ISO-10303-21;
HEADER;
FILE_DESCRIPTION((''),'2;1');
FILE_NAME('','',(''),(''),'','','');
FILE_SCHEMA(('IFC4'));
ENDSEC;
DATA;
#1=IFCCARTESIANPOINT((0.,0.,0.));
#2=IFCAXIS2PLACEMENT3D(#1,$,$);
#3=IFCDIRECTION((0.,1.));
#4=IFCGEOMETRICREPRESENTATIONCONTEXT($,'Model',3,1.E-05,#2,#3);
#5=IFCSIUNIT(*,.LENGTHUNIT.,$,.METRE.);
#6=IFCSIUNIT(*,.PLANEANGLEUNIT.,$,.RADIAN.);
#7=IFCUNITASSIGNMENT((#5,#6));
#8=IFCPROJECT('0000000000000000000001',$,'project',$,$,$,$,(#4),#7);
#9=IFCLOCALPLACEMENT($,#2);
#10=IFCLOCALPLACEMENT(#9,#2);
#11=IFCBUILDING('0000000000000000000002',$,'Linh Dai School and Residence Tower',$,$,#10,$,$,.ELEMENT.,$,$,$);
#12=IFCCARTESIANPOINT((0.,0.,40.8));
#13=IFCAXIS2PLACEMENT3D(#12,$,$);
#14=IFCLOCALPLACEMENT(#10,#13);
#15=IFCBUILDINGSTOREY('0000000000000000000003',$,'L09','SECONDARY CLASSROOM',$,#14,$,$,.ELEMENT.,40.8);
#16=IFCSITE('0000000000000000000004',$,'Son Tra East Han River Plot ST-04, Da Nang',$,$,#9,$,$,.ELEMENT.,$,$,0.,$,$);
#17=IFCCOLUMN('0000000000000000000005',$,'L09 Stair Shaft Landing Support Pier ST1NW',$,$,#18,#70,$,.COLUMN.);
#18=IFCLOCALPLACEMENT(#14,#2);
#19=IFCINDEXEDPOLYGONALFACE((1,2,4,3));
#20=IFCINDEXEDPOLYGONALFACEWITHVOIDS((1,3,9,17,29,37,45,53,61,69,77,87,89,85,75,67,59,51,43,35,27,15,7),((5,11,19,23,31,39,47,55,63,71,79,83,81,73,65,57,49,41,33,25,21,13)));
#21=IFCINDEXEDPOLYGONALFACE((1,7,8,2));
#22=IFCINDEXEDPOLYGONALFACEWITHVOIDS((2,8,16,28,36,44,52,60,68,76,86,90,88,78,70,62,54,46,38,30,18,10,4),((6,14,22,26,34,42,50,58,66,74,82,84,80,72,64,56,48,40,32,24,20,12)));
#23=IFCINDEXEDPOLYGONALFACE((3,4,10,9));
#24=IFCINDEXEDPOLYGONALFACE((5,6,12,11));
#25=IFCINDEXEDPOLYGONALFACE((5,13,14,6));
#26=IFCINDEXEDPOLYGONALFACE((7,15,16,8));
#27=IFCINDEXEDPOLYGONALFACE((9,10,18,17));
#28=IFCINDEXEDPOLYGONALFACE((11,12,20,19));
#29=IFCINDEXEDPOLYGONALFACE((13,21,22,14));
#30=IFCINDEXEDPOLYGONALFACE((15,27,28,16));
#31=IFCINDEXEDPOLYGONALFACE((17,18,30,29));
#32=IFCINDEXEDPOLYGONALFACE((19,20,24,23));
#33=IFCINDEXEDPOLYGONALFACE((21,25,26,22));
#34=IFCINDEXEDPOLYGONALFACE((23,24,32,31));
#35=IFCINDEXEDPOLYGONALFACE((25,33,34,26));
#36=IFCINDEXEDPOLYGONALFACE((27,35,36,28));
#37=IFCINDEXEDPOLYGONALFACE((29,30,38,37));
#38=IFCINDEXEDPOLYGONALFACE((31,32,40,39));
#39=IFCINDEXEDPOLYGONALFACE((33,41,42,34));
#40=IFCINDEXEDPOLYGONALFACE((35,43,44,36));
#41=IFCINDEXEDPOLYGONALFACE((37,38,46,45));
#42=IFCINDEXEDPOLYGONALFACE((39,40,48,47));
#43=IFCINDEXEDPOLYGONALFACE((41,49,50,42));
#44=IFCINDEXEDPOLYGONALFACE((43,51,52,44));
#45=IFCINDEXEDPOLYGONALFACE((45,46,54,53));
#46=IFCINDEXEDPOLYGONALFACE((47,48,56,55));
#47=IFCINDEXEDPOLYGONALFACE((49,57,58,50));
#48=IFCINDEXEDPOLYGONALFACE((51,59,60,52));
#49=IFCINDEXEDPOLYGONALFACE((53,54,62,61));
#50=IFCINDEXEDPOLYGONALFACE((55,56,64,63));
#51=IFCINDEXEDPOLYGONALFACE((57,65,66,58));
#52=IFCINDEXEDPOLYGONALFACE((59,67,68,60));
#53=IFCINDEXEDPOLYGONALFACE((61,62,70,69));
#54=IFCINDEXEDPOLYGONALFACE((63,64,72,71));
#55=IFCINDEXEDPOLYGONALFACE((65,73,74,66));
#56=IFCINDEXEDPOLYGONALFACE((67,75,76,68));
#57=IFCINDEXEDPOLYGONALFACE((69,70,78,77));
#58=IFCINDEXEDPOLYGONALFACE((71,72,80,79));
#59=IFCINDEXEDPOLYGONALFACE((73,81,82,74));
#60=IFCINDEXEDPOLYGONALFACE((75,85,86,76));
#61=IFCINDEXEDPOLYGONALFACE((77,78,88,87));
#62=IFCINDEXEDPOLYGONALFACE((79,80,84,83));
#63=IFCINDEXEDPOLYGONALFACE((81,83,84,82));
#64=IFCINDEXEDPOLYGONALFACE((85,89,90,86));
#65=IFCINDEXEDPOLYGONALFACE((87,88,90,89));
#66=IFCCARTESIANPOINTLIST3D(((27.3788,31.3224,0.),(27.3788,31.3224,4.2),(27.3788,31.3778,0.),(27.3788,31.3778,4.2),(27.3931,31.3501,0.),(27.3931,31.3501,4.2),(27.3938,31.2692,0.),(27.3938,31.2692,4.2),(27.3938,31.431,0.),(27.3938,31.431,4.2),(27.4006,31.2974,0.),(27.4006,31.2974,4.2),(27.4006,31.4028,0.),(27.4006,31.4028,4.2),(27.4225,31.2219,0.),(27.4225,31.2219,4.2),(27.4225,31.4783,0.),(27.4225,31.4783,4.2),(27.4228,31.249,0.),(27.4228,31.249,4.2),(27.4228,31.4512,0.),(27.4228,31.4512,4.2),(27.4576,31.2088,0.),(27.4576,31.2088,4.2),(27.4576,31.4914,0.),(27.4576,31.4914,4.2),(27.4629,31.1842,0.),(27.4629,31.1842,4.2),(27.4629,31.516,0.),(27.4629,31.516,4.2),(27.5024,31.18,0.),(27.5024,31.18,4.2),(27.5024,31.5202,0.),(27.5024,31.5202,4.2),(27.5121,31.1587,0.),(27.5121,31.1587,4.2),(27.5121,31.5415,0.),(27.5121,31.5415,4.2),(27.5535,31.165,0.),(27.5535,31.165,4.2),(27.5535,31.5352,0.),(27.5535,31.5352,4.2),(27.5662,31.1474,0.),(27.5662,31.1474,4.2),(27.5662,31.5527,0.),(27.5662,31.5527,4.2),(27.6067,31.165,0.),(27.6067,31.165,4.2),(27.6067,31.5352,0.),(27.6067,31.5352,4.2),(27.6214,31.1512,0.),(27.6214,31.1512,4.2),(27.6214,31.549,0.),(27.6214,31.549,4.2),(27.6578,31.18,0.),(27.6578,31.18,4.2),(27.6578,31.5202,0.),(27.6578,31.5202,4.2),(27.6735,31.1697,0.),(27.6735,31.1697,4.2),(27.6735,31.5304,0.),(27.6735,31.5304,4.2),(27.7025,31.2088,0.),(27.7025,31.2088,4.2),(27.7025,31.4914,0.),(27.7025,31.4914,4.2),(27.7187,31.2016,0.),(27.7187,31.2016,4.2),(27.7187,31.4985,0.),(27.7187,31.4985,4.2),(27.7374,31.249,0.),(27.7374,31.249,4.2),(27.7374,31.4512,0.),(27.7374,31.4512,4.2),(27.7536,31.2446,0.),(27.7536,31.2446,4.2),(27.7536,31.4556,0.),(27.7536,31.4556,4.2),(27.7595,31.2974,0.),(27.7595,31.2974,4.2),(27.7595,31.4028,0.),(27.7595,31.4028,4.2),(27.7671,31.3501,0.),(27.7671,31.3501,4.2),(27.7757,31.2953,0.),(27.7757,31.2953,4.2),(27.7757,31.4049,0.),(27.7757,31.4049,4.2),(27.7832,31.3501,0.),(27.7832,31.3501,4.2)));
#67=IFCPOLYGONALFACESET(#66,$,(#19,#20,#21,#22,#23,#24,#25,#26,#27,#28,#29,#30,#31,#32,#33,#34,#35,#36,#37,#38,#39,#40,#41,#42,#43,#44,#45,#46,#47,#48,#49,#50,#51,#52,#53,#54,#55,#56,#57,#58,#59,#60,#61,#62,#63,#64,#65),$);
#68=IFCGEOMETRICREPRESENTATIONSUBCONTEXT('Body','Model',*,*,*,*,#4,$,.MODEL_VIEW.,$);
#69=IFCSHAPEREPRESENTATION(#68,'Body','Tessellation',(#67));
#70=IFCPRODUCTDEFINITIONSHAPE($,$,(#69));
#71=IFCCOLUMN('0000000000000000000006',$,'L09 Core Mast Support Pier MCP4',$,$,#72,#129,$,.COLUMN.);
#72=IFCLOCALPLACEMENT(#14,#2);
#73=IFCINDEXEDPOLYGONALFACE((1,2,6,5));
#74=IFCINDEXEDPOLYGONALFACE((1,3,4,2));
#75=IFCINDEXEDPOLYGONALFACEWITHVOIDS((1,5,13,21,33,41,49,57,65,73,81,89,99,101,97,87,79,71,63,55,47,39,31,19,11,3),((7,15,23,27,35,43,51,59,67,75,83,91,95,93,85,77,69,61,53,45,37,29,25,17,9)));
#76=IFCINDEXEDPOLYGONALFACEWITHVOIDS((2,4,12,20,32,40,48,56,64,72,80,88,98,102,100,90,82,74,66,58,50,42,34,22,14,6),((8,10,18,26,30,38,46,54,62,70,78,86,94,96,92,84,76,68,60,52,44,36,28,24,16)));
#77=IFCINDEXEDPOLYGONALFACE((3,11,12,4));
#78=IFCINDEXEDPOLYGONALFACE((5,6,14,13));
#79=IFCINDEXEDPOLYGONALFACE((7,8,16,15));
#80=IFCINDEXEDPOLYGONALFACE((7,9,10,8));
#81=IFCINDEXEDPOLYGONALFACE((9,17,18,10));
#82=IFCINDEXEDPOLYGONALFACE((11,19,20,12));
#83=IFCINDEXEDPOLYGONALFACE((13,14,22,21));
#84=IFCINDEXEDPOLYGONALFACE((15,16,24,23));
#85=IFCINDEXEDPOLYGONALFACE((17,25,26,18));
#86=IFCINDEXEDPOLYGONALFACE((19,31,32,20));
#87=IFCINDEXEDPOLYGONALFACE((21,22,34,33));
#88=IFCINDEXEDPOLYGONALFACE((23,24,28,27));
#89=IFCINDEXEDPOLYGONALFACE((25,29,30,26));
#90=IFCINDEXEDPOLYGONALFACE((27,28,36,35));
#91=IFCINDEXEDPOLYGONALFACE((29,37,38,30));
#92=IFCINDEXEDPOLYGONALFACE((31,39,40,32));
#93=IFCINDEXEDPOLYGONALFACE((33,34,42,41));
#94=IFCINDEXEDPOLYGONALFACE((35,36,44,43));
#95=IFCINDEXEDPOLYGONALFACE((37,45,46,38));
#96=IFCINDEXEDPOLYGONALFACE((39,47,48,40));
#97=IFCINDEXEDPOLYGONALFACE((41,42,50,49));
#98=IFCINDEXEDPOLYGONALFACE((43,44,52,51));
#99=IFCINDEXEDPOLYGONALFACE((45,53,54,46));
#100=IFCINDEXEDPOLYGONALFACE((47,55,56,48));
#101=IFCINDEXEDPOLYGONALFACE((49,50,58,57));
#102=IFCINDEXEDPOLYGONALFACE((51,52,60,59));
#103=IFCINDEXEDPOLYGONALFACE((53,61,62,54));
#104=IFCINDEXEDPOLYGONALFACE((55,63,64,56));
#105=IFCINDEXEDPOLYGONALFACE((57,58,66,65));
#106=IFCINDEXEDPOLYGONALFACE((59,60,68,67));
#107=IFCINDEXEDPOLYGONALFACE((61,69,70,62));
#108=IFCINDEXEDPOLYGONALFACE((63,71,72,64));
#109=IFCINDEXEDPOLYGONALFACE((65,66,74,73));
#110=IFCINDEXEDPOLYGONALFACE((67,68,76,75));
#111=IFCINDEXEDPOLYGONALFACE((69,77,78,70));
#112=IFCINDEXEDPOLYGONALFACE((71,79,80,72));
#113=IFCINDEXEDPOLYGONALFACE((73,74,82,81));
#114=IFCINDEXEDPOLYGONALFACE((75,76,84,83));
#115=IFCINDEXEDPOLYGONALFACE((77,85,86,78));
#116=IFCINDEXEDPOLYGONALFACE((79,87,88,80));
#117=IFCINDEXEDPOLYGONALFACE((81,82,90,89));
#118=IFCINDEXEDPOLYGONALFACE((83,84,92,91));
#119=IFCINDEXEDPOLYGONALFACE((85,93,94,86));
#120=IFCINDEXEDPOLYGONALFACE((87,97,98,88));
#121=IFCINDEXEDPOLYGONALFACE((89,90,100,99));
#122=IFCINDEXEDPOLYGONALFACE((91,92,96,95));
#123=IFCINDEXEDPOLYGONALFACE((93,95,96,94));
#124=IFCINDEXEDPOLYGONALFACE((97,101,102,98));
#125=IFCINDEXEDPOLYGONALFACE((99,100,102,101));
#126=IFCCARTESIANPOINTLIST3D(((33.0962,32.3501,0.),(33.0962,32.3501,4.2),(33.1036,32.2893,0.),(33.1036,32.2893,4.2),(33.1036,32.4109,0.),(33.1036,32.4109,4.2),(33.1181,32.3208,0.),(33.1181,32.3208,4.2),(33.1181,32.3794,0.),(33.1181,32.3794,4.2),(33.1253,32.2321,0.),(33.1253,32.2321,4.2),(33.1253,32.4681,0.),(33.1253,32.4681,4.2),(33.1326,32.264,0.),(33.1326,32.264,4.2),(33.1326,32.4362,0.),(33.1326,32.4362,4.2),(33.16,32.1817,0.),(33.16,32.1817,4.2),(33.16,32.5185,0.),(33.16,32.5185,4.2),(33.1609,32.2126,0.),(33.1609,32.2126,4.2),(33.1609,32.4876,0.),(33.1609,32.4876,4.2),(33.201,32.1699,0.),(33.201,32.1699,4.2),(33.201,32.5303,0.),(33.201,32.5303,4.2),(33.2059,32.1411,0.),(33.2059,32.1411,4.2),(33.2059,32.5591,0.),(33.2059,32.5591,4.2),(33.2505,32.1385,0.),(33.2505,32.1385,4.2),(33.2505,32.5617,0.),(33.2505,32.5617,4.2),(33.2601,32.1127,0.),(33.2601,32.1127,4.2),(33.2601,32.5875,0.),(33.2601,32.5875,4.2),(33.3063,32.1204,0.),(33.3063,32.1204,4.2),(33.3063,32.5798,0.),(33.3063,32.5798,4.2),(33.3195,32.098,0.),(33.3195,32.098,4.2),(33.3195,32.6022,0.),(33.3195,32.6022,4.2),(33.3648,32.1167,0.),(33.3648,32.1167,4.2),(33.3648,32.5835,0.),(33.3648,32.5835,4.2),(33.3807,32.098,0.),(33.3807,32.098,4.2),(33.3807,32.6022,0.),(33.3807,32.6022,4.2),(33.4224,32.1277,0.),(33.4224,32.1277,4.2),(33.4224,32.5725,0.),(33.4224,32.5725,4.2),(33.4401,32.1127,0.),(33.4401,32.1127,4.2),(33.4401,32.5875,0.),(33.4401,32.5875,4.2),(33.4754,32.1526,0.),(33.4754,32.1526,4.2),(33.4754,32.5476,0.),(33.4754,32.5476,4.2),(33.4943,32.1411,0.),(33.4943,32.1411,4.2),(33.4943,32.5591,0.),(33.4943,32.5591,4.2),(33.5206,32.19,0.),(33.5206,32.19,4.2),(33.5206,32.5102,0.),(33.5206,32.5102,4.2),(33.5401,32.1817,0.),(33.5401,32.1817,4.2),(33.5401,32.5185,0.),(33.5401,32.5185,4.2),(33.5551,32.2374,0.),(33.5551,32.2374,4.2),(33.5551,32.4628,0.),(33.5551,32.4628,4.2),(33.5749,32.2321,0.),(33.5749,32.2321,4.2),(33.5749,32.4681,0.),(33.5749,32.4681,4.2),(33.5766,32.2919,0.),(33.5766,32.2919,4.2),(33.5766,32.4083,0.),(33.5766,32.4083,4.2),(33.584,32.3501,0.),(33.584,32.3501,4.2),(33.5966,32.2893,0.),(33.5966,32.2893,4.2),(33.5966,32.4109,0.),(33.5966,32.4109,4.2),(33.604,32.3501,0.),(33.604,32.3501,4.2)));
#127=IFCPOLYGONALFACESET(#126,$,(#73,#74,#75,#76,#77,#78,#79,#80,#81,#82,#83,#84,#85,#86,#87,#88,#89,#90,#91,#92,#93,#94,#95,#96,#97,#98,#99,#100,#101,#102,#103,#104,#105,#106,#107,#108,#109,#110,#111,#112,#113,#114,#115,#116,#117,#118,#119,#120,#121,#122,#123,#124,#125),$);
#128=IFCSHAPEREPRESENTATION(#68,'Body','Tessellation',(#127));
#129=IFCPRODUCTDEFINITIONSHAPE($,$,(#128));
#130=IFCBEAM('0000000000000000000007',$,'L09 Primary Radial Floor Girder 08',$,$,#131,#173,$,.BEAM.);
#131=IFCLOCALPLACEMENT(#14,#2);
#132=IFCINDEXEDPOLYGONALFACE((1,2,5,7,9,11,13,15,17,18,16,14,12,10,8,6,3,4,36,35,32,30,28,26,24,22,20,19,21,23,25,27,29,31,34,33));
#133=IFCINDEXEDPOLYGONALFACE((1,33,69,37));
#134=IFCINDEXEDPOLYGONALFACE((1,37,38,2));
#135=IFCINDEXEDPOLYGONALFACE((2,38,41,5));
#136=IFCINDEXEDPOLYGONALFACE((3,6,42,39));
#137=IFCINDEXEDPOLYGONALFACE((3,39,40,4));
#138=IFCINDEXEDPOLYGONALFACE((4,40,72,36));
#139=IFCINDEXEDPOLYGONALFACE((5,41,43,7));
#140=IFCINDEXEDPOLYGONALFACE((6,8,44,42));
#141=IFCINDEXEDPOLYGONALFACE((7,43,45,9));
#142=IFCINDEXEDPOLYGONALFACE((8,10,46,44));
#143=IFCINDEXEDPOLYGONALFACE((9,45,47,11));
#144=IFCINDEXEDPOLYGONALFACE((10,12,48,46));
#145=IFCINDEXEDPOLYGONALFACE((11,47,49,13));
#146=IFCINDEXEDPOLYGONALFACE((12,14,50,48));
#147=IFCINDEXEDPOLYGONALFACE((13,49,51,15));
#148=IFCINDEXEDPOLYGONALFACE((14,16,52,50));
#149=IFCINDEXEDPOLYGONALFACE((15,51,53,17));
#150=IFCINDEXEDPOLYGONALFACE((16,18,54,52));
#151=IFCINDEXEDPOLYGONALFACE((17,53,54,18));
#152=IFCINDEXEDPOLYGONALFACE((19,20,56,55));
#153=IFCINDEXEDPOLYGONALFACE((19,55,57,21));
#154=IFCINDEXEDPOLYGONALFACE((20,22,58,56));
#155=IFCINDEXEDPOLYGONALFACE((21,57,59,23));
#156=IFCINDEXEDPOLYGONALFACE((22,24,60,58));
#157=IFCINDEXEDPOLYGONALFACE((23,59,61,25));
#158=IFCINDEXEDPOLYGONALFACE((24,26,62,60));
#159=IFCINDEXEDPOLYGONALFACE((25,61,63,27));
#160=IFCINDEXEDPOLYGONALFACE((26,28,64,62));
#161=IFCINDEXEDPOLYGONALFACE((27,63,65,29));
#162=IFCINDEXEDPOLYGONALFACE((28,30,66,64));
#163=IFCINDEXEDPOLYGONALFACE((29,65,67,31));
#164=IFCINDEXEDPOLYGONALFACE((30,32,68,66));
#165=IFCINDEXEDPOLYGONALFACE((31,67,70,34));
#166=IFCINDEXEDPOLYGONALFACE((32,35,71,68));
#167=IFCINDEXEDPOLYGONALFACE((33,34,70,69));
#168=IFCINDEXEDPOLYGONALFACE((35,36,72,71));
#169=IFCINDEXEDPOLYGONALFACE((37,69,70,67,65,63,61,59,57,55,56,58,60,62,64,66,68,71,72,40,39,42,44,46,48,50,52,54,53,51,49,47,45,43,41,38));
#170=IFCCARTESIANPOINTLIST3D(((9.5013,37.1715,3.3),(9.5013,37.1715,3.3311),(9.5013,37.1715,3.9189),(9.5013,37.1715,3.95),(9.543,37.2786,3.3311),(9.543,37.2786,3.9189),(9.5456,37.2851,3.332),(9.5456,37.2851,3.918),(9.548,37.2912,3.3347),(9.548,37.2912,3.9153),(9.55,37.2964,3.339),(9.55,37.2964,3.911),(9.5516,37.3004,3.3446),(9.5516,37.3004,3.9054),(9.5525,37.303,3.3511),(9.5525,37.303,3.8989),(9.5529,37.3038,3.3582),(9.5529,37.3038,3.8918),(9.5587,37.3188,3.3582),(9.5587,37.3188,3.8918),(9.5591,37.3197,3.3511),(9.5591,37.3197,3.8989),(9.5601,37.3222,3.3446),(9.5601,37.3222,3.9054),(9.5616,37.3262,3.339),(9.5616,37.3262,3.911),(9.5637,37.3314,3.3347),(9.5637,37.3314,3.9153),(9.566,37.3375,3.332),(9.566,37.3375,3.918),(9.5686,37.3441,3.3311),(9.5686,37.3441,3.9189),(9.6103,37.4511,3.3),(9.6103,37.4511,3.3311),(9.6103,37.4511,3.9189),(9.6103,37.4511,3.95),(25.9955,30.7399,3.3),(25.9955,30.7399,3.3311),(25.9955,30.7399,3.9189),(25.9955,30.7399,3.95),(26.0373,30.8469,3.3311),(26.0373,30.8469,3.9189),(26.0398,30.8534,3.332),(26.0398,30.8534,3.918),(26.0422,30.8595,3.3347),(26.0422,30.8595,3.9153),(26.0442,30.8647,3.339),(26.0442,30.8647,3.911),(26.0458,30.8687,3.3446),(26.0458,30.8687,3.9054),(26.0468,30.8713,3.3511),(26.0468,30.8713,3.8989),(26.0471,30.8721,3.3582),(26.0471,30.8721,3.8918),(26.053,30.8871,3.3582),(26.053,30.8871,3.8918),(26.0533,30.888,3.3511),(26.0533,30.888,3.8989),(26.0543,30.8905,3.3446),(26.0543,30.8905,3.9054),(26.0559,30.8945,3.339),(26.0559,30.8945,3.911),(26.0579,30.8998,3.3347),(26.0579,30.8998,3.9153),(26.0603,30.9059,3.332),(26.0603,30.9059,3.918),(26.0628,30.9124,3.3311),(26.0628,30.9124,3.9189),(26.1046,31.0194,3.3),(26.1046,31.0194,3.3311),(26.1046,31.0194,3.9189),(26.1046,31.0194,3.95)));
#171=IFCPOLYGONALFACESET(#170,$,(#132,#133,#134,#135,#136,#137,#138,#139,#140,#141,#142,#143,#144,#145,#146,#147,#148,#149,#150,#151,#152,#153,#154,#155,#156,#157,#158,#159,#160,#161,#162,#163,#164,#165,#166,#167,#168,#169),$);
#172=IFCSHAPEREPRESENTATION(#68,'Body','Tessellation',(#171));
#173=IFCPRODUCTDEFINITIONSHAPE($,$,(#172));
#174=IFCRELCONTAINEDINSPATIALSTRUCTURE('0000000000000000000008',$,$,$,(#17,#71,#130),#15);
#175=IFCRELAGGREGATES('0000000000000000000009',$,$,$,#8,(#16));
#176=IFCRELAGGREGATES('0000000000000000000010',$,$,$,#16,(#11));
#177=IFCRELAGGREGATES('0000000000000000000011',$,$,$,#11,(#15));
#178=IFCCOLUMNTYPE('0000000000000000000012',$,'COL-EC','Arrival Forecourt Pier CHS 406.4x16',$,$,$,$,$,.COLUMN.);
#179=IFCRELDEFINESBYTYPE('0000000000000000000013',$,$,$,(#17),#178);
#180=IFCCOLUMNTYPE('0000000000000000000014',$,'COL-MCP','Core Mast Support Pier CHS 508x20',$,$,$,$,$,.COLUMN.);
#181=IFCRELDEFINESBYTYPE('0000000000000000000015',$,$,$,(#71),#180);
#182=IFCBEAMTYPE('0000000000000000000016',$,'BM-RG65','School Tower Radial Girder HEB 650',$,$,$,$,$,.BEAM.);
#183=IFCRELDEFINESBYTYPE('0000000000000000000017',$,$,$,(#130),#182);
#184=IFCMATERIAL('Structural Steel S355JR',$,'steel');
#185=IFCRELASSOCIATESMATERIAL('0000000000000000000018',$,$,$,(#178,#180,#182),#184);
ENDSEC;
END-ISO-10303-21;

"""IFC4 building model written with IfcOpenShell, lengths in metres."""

from ifc_helpers import new_model, si_unit, direction, frame, origin, origin_2d, place, context, subcontext, project, spatial, hollow_circle, i_section, extrude, material, material_profile, profile_set, type_object, element, save


model = new_model("IFC4")

# Units and contexts
model_context = context("Model", 3, precision=1e-05, world=origin(), true_north=direction((0.0, 1.0)))
body_context = subcontext(model_context, "Body", "Model", "MODEL_VIEW")
ifc_project = project(units=[si_unit("LENGTHUNIT", "METRE"), si_unit("PLANEANGLEUNIT", "RADIAN")], contexts=[model_context])

# Site, building, storey
site_placement = place(None, origin())
site = spatial("IfcSite", under=ifc_project, at=site_placement, Name="Son Tra East Han River Plot ST-04, Da Nang", CompositionType="ELEMENT", RefElevation=0.0)
building_placement = place(site_placement, origin())
building = spatial("IfcBuilding", under=site, at=building_placement, Name="Linh Dai School and Residence Tower", CompositionType="ELEMENT")
storey_placement = place(building_placement, frame((0.0, 0.0, 40.8)))
storey = spatial("IfcBuildingStorey", under=building, at=storey_placement, Name="L09", Description="SECONDARY CLASSROOM", CompositionType="ELEMENT", Elevation=40.8)

# Columns
ifc_material_1 = material(Name="Structural Steel S355JR", Category="steel")
ifc_material_profile_1 = material_profile(ifc_material_1, hollow_circle(Radius=0.2031, WallThickness=0.0161, at=origin_2d()), Name="CHS 406.4x16")
ifc_profile_set_1 = profile_set([ifc_material_profile_1], Name="Structural Steel S355JR")
column_type_1 = type_object("IfcColumnType", Name="COL-EC", Description="Arrival Forecourt Pier CHS 406.4x16", PredefinedType="COLUMN", material=ifc_profile_set_1)
column_1_placement = place(storey_placement, frame((27.5801, 31.3501, 0.0), z_axis=(0.0, 0.0, 1.0), x_axis=(1.0, 0.0, 0.0)))
element("IfcColumn", 1, at=column_1_placement, inside=storey, type_object=column_type_1, Name="L09 Stair Shaft Landing Support Pier ST1NW", PredefinedType="COLUMN", context=body_context, shape_type="SweptSolid", body=[
    extrude(hollow_circle(Radius=0.2031, WallThickness=0.0161, at=origin_2d()), origin(), (0.0, 0.0, 1.0), 4.2),
])
ifc_material_profile_2 = material_profile(ifc_material_1, hollow_circle(Radius=0.2539, WallThickness=0.02, at=origin_2d()), Name="CHS 508x20")
ifc_profile_set_2 = profile_set([ifc_material_profile_2], Name="Structural Steel S355JR")
column_type_2 = type_object("IfcColumnType", Name="COL-MCP", Description="Core Mast Support Pier CHS 508x20", PredefinedType="COLUMN", material=ifc_profile_set_2)
column_2_placement = place(storey_placement, frame((33.3501, 32.3501, 0.0), z_axis=(0.0, 0.0, 1.0), x_axis=(1.0, 0.0, 0.0)))
element("IfcColumn", 2, at=column_2_placement, inside=storey, type_object=column_type_2, Name="L09 Core Mast Support Pier MCP4", PredefinedType="COLUMN", context=body_context, shape_type="SweptSolid", body=[
    extrude(hollow_circle(Radius=0.2539, WallThickness=0.02, at=origin_2d()), origin(), (0.0, 0.0, 1.0), 4.2),
])

# Beam
ifc_material_profile_3 = material_profile(ifc_material_1, i_section(OverallWidth=0.3, OverallDepth=0.6499, WebThickness=0.0161, FlangeThickness=0.031, FilletRadius=0.0271, at=origin_2d()), Name="HEB 650")
ifc_profile_set_3 = profile_set([ifc_material_profile_3], Name="Structural Steel S355JR")
beam_type_1 = type_object("IfcBeamType", Name="BM-RG65", Description="School Tower Radial Girder HEB 650", PredefinedType="BEAM", material=ifc_profile_set_3)
beam_1_placement = place(storey_placement, frame((26.05, 30.8796, 3.625), z_axis=(-0.931675, 0.363293, 0.0), x_axis=(-0.363293, -0.931675, 0.0)))
element("IfcBeam", 3, at=beam_1_placement, inside=storey, type_object=beam_type_1, Name="L09 Primary Radial Floor Girder 08", PredefinedType="BEAM", context=body_context, shape_type="SweptSolid", body=[
    extrude(i_section(OverallWidth=0.3, OverallDepth=0.6499, WebThickness=0.0161, FlangeThickness=0.031, FilletRadius=0.0271, at=origin_2d()), origin(), (0.0, 0.0, 1.0), 17.7039),
])

save(model, "model.ifc")
